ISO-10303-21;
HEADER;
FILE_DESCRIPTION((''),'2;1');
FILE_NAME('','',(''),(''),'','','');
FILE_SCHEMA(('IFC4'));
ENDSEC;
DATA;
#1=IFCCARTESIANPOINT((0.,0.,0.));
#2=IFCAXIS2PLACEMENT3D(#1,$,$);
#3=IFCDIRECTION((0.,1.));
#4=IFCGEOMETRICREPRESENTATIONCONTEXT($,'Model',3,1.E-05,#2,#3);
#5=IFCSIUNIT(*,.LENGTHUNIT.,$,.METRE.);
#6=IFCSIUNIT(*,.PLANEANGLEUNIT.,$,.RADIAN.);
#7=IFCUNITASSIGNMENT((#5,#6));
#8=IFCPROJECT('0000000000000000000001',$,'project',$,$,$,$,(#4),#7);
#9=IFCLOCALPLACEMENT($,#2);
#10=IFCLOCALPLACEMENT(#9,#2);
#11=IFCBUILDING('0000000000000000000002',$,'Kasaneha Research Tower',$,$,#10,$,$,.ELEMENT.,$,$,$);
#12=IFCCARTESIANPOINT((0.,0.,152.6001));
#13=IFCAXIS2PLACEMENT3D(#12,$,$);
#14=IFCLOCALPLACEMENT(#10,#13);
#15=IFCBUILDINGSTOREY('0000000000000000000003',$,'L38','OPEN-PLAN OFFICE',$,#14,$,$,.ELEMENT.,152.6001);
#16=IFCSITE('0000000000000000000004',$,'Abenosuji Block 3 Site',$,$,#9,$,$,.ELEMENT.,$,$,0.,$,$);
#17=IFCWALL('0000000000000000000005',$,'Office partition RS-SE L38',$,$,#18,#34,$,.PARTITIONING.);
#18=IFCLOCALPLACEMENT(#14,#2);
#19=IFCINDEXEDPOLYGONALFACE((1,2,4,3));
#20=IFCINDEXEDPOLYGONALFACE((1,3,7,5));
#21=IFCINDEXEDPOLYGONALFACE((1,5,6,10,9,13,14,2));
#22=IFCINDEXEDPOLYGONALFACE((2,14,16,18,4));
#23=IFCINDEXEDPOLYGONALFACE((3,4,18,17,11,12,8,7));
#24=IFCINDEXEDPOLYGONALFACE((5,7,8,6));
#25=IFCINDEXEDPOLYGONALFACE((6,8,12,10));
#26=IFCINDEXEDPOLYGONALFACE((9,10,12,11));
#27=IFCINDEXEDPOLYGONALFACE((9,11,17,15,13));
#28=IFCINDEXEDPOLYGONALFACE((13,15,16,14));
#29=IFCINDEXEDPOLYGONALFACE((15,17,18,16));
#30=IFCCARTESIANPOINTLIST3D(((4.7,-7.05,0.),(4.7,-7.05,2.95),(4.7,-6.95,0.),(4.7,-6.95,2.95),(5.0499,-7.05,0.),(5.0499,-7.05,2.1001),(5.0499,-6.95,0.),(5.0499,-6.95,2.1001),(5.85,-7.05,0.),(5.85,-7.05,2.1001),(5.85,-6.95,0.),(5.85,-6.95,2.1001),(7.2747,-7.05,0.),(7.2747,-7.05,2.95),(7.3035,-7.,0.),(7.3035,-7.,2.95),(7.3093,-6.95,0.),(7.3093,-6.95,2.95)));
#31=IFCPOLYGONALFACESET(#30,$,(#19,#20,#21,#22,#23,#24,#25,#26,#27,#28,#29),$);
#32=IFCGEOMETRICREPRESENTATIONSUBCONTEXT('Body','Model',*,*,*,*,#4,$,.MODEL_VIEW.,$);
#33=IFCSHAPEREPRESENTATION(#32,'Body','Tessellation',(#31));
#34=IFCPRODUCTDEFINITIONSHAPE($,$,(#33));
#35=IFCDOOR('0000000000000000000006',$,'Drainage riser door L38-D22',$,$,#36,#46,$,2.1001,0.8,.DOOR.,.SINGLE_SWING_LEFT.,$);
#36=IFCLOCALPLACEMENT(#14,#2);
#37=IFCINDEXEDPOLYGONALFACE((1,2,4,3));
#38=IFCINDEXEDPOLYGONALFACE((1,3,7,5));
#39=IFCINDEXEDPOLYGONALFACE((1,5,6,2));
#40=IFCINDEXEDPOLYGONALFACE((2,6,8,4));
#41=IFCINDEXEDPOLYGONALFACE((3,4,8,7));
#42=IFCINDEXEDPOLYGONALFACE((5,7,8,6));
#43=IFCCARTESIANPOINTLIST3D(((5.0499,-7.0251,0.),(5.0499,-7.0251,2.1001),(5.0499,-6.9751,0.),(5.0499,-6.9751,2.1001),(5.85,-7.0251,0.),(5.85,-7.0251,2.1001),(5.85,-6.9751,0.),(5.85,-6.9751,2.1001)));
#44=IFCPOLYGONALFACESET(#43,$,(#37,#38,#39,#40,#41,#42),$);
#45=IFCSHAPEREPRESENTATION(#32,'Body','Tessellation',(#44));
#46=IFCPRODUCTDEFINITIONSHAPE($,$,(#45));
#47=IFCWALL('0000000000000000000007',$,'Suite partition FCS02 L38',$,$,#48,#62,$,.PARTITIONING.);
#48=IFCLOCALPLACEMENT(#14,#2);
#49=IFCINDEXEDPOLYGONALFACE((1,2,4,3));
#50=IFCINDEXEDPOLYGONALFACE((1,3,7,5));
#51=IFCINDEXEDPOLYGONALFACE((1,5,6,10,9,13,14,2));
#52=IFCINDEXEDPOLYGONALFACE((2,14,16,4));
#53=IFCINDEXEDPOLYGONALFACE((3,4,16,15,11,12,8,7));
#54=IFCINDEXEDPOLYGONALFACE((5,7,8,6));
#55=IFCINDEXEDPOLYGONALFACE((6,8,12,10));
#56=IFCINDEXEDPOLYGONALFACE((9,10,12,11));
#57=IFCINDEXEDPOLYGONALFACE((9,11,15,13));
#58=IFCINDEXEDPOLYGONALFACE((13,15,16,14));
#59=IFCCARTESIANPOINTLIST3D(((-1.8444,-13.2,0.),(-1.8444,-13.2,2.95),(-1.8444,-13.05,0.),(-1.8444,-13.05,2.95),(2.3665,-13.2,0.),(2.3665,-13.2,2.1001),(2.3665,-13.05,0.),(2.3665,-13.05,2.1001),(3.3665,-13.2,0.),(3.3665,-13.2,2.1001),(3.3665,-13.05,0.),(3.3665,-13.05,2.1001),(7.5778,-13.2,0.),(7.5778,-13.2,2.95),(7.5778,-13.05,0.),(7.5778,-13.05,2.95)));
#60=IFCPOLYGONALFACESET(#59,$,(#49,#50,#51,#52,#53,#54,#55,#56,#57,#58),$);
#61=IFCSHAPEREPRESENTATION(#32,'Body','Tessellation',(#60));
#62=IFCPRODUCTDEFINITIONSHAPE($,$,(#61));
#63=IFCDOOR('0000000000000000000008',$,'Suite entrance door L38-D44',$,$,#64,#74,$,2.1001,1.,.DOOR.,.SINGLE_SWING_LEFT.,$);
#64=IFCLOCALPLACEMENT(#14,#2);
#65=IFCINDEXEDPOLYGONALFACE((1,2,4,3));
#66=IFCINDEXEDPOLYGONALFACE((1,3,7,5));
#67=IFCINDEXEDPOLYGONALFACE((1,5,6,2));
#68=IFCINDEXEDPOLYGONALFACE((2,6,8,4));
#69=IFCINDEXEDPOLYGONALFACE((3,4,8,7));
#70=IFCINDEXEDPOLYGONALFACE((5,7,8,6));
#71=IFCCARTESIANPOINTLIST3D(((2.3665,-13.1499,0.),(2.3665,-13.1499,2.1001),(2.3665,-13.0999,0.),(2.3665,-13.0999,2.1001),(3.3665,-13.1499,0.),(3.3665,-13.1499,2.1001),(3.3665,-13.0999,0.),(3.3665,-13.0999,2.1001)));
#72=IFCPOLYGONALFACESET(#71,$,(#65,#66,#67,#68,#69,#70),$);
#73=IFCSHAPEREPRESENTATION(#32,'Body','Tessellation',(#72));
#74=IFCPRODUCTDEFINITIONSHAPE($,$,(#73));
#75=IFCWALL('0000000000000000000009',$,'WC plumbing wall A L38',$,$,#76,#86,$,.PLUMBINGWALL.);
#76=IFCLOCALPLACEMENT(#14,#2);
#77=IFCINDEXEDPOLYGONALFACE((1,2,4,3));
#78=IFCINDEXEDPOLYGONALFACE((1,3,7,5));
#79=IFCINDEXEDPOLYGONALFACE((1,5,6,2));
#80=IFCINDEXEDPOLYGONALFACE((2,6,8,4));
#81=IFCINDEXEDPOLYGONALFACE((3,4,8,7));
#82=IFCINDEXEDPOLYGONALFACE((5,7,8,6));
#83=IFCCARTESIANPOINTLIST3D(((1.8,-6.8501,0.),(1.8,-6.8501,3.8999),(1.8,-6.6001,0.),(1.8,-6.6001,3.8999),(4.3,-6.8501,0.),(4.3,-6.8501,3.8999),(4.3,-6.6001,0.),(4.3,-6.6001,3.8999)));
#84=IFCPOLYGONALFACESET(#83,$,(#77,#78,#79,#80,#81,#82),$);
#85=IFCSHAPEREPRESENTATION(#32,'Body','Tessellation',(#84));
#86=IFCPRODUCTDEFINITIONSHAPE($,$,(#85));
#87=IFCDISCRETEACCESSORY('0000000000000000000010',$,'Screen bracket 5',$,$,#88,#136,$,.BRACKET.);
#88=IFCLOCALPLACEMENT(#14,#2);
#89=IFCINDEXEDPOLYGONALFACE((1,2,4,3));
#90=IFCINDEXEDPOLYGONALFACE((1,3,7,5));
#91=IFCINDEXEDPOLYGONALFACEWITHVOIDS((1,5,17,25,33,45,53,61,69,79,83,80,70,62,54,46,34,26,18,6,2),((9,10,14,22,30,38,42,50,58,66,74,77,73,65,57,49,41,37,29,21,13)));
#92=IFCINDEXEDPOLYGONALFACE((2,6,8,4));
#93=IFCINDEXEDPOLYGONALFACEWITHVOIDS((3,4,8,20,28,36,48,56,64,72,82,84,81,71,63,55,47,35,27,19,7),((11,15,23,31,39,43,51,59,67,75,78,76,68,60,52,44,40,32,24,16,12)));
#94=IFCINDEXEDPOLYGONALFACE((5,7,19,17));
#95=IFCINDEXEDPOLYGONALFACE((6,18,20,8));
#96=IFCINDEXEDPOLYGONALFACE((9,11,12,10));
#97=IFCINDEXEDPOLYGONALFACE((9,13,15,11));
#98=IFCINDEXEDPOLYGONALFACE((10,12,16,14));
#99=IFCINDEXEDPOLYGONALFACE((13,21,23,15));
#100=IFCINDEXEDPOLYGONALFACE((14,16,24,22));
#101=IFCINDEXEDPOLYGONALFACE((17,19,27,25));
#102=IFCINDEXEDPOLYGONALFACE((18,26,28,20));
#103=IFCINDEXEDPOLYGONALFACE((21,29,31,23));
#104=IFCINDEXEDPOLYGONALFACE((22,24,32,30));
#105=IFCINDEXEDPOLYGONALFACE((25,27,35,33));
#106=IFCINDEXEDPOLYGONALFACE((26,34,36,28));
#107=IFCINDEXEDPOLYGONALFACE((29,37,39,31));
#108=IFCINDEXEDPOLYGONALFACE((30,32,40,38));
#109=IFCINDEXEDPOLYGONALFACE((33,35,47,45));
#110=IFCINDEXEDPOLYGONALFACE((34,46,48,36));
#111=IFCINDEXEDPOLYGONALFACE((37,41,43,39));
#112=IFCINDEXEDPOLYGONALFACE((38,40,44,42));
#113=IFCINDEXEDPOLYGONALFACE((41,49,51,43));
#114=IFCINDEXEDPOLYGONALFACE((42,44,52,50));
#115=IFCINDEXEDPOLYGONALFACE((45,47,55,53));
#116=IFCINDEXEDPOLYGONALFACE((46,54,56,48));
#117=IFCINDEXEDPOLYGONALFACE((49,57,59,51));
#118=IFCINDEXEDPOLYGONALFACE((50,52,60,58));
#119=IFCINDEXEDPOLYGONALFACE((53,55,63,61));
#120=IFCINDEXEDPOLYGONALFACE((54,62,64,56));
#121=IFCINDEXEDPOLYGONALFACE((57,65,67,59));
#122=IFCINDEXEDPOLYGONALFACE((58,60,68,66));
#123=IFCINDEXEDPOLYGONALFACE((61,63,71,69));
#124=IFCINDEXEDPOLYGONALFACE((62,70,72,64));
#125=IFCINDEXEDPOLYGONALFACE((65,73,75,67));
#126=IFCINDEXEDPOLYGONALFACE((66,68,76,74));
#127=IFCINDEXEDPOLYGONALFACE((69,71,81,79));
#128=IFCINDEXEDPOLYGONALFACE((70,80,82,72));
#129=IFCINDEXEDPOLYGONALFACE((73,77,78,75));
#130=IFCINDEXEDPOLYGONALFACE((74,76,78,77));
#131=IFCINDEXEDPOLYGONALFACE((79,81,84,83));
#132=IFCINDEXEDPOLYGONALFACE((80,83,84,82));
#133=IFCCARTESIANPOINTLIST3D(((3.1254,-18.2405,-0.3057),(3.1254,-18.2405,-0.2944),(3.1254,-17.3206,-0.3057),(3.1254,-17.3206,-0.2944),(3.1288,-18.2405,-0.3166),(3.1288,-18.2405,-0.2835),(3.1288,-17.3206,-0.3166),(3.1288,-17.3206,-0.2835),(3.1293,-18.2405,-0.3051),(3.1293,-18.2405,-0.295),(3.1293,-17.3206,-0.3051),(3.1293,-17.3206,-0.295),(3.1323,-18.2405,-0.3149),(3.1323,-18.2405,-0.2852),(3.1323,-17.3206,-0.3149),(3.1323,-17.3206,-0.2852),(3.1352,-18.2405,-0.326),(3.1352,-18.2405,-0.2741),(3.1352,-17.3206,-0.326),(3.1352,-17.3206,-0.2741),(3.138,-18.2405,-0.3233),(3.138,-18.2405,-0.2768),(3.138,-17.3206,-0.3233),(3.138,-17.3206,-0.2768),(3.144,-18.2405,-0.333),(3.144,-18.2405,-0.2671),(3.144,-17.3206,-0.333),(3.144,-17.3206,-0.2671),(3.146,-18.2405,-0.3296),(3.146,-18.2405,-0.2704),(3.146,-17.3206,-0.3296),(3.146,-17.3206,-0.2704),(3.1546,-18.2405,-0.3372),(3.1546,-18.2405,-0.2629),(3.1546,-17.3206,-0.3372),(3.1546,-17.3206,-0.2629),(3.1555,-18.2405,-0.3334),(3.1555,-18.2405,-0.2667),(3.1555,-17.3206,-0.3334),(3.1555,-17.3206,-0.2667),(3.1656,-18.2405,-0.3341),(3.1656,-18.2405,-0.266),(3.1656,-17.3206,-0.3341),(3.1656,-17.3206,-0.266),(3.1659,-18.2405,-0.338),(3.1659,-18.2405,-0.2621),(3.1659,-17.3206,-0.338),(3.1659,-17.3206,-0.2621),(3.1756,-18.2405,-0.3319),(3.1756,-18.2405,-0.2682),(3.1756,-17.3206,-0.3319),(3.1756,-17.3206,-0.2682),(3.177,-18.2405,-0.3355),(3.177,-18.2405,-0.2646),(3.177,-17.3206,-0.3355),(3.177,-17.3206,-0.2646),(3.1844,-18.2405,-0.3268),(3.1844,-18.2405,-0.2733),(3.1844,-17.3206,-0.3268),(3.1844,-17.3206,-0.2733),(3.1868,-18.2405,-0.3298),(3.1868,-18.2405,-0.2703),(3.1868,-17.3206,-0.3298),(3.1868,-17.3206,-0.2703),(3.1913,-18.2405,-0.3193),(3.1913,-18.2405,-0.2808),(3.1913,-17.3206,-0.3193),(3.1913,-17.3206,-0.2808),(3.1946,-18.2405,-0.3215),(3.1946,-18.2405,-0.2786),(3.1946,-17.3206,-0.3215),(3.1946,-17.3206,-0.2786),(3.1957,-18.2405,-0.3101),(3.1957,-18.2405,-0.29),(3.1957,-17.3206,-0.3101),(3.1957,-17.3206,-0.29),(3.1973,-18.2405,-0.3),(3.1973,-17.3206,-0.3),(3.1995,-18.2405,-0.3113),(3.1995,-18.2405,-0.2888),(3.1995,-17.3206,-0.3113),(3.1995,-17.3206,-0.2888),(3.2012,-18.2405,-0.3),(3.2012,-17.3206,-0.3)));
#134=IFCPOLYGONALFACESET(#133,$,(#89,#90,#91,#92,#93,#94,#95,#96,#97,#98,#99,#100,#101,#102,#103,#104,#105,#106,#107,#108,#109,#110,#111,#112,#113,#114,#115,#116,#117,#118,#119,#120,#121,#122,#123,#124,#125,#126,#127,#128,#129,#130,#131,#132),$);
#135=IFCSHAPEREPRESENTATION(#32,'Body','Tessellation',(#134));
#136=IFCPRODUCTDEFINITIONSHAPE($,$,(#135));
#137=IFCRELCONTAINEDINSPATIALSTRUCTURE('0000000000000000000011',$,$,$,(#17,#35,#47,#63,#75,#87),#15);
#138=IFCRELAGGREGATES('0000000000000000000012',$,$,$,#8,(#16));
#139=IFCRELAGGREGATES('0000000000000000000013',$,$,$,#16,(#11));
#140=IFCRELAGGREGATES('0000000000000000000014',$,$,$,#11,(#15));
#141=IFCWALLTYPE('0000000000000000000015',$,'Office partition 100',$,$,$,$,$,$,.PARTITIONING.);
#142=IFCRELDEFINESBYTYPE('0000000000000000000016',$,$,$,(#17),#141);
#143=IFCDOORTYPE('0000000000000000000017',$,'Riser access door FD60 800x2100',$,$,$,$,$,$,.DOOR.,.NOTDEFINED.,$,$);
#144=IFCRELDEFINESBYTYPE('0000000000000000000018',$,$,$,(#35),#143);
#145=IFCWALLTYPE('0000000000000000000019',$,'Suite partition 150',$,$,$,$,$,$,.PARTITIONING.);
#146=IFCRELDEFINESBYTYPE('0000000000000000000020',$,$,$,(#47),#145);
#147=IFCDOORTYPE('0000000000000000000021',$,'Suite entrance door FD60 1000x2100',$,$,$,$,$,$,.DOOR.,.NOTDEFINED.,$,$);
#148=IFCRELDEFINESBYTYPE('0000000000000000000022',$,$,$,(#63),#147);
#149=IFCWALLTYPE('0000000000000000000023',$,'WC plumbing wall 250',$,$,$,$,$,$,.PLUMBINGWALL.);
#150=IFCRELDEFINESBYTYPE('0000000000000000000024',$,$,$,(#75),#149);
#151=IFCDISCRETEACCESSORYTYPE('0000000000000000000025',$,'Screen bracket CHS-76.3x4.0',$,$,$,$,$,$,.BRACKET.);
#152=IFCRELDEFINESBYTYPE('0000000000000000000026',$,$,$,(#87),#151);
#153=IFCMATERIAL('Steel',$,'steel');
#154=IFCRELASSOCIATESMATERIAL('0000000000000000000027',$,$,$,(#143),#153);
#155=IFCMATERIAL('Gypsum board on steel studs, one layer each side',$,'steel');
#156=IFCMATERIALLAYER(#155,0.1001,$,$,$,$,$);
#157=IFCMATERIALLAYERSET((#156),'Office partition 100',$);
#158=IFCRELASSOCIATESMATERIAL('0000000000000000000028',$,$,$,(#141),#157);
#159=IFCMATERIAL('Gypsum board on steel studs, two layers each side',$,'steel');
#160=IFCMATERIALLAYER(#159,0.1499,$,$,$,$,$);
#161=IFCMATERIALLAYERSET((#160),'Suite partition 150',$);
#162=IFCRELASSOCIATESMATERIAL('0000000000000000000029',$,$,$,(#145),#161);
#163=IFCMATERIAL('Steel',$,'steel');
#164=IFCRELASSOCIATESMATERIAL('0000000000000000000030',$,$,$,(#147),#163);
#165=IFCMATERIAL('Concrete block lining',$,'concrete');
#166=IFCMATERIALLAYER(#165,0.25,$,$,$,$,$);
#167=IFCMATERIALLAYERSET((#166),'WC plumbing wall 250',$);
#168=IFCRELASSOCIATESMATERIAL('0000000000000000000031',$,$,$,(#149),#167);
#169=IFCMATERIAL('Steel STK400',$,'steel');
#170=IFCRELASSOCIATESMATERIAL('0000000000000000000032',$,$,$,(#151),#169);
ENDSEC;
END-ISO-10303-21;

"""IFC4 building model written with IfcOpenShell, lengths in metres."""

from ifc_helpers import new_model, si_unit, direction, frame, frame_2d, origin, origin_2d, place, context, subcontext, project, spatial, polyline, rectangle, hollow_circle, outline, extrude, material, layer, layer_set, material_profile, profile_set, type_object, element, fill, save


model = new_model("IFC4")

# Units and contexts
model_context = context("Model", 3, precision=1e-05, world=origin(), true_north=direction((0.0, 1.0)))
body_context = subcontext(model_context, "Body", "Model", "MODEL_VIEW")
ifc_project = project(units=[si_unit("LENGTHUNIT", "METRE"), si_unit("PLANEANGLEUNIT", "RADIAN")], contexts=[model_context])

# Site, building, storey
site_placement = place(None, origin())
site = spatial("IfcSite", under=ifc_project, at=site_placement, Name="Abenosuji Block 3 Site", CompositionType="ELEMENT", RefElevation=0.0)
building_placement = place(site_placement, origin())
building = spatial("IfcBuilding", under=site, at=building_placement, Name="Kasaneha Research Tower", CompositionType="ELEMENT")
storey_placement = place(building_placement, frame((0.0, 0.0, 152.6001)))
storey = spatial("IfcBuildingStorey", under=building, at=storey_placement, Name="L38", Description="OPEN-PLAN OFFICE", CompositionType="ELEMENT", Elevation=152.6001)

# Walls, openings, doors
ifc_material_1 = material(Name="Steel", Category="steel")
door_type_1 = type_object("IfcDoorType", Name="Riser access door FD60 800x2100", OperationType="NOTDEFINED", PredefinedType="DOOR", material=ifc_material_1)
ifc_material_2 = material(Name="Gypsum board on steel studs, one layer each side", Category="steel")
ifc_layer_1 = layer(ifc_material_2, 0.1001)
ifc_layer_set_1 = layer_set([ifc_layer_1], Name="Office partition 100")
wall_type_1 = type_object("IfcWallType", Name="Office partition 100", PredefinedType="PARTITIONING", material=ifc_layer_set_1)
wall_1_placement = place(storey_placement, frame((4.7, -7.0, 0.0), z_axis=(0.0, 0.0, 1.0), x_axis=(1.0, 0.0, 0.0)))
wall_1 = element("IfcWall", 1, at=wall_1_placement, inside=storey, type_object=wall_type_1, Name="Office partition RS-SE L38", PredefinedType="PARTITIONING", context=body_context, shape_type="SweptSolid", body=[
    extrude(outline(polyline([(0.0, -0.05), (0.3501, -0.05), (1.1501, -0.05), (2.5747, -0.05), (2.6035, 0.0), (2.6094, 0.05), (1.1501, 0.05), (0.3501, 0.05), (0.0, 0.05), (0.0, -0.05)])), origin(), (0.0, 0.0, 1.0), 2.95),
])
opening_1_placement = place(wall_1_placement, frame((0.3501, 0.0, 0.0)))
opening_1 = element("IfcOpeningElement", 2, at=opening_1_placement, cuts=wall_1, PredefinedType="OPENING", context=body_context, shape_type="SweptSolid", body=[
    extrude(rectangle(XDim=0.8, YDim=2.1001, at=frame_2d((0.3999, 1.05))), frame((0.0, 0.0601, 0.0), z_axis=(0.0, -1.0, 0.0), x_axis=(1.0, 0.0, 0.0)), (0.0, 0.0, 1.0), 0.1201),
])
door_1_placement = place(opening_1_placement, origin())
door_1 = element("IfcDoor", 3, at=door_1_placement, inside=storey, type_object=door_type_1, Name="Drainage riser door L38-D22", OperationType="SINGLE_SWING_LEFT", OverallHeight=2.1001, OverallWidth=0.8, PredefinedType="DOOR", context=body_context, shape_type="SweptSolid", body=[
    extrude(rectangle(XDim=0.8, YDim=2.1001, at=frame_2d((0.3999, 1.05))), frame((0.0, 0.0249, 0.0), z_axis=(0.0, -1.0, 0.0), x_axis=(1.0, 0.0, 0.0)), (0.0, 0.0, 1.0), 0.05),
])
fill(opening_1, door_1)
ifc_material_3 = material(Name="Gypsum board on steel studs, two layers each side", Category="steel")
ifc_layer_2 = layer(ifc_material_3, 0.1499)
ifc_layer_set_2 = layer_set([ifc_layer_2], Name="Suite partition 150")
wall_type_2 = type_object("IfcWallType", Name="Suite partition 150", PredefinedType="PARTITIONING", material=ifc_layer_set_2)
wall_2_placement = place(storey_placement, frame((7.5776, -13.125, 0.0), z_axis=(0.0, 0.0, 1.0), x_axis=(-1.0, 0.0, 0.0)))
wall_2 = element("IfcWall", 4, at=wall_2_placement, inside=storey, type_object=wall_type_2, Name="Suite partition FCS02 L38", PredefinedType="PARTITIONING", context=body_context, shape_type="SweptSolid", body=[
    extrude(rectangle(XDim=9.4221, YDim=0.1499, at=frame_2d((4.7109, 0.0))), origin(), (0.0, 0.0, 1.0), 2.95),
])
opening_2_placement = place(wall_2_placement, frame((4.2112, 0.0, 0.0)))
opening_2 = element("IfcOpeningElement", 5, at=opening_2_placement, cuts=wall_2, PredefinedType="OPENING", context=body_context, shape_type="SweptSolid", body=[
    extrude(rectangle(XDim=1.0, YDim=2.1001, at=frame_2d((0.5, 1.05))), frame((0.0, 0.085, 0.0), z_axis=(0.0, -1.0, 0.0), x_axis=(1.0, 0.0, 0.0)), (0.0, 0.0, 1.0), 0.1699),
])
ifc_material_4 = material(Name="Steel", Category="steel")
door_type_2 = type_object("IfcDoorType", Name="Suite entrance door FD60 1000x2100", OperationType="NOTDEFINED", PredefinedType="DOOR", material=ifc_material_4)
door_2_placement = place(opening_2_placement, origin())
door_2 = element("IfcDoor", 6, at=door_2_placement, inside=storey, type_object=door_type_2, Name="Suite entrance door L38-D44", OperationType="SINGLE_SWING_LEFT", OverallHeight=2.1001, OverallWidth=1.0, PredefinedType="DOOR", context=body_context, shape_type="SweptSolid", body=[
    extrude(rectangle(XDim=1.0, YDim=2.1001, at=frame_2d((0.5, 1.05))), frame((0.0, 0.0249, 0.0), z_axis=(0.0, -1.0, 0.0), x_axis=(1.0, 0.0, 0.0)), (0.0, 0.0, 1.0), 0.05),
])
fill(opening_2, door_2)

# Wall
ifc_material_5 = material(Name="Concrete block lining", Category="concrete")
ifc_layer_3 = layer(ifc_material_5, 0.25)
ifc_layer_set_3 = layer_set([ifc_layer_3], Name="WC plumbing wall 250")
wall_type_3 = type_object("IfcWallType", Name="WC plumbing wall 250", PredefinedType="PLUMBINGWALL", material=ifc_layer_set_3)
wall_3_placement = place(storey_placement, frame((1.8, -6.7251, 0.0), z_axis=(0.0, 0.0, 1.0), x_axis=(1.0, 0.0, 0.0)))
element("IfcWall", 7, at=wall_3_placement, inside=storey, type_object=wall_type_3, Name="WC plumbing wall A L38", PredefinedType="PLUMBINGWALL", context=body_context, shape_type="SweptSolid", body=[
    extrude(rectangle(XDim=2.5, YDim=0.25, at=frame_2d((1.25, 0.0))), origin(), (0.0, 0.0, 1.0), 3.8999),
])

# Discrete accessory
ifc_material_6 = material(Name="Steel STK400", Category="steel")
ifc_material_profile_1 = material_profile(ifc_material_6, hollow_circle(Radius=0.0381, WallThickness=0.0039, at=origin_2d()), Name="CHS-76.3x4.0")
ifc_profile_set_1 = profile_set([ifc_material_profile_1], Name="Steel STK400")
discrete_accessory_type = type_object("IfcDiscreteAccessoryType", Name="Screen bracket CHS-76.3x4.0", PredefinedType="BRACKET", material=ifc_profile_set_1)
for number, where, z_axis, x_axis, name in (
    (8, (3.1631, -17.3206, -0.3), (0.0, -1.0, 0.0), (1.0, 0.0, 0.0), "Screen bracket 5"),
):
    element("IfcDiscreteAccessory", number, at=place(storey_placement, frame(where, z_axis=z_axis, x_axis=x_axis)), inside=storey, type_object=discrete_accessory_type, Name=name, PredefinedType="BRACKET", context=body_context, shape_type="SweptSolid", body=[
        extrude(hollow_circle(Radius=0.0381, WallThickness=0.0039, at=origin_2d()), origin(), (0.0, 0.0, 1.0), 0.9199),
    ])

save(model, "model.ifc")
